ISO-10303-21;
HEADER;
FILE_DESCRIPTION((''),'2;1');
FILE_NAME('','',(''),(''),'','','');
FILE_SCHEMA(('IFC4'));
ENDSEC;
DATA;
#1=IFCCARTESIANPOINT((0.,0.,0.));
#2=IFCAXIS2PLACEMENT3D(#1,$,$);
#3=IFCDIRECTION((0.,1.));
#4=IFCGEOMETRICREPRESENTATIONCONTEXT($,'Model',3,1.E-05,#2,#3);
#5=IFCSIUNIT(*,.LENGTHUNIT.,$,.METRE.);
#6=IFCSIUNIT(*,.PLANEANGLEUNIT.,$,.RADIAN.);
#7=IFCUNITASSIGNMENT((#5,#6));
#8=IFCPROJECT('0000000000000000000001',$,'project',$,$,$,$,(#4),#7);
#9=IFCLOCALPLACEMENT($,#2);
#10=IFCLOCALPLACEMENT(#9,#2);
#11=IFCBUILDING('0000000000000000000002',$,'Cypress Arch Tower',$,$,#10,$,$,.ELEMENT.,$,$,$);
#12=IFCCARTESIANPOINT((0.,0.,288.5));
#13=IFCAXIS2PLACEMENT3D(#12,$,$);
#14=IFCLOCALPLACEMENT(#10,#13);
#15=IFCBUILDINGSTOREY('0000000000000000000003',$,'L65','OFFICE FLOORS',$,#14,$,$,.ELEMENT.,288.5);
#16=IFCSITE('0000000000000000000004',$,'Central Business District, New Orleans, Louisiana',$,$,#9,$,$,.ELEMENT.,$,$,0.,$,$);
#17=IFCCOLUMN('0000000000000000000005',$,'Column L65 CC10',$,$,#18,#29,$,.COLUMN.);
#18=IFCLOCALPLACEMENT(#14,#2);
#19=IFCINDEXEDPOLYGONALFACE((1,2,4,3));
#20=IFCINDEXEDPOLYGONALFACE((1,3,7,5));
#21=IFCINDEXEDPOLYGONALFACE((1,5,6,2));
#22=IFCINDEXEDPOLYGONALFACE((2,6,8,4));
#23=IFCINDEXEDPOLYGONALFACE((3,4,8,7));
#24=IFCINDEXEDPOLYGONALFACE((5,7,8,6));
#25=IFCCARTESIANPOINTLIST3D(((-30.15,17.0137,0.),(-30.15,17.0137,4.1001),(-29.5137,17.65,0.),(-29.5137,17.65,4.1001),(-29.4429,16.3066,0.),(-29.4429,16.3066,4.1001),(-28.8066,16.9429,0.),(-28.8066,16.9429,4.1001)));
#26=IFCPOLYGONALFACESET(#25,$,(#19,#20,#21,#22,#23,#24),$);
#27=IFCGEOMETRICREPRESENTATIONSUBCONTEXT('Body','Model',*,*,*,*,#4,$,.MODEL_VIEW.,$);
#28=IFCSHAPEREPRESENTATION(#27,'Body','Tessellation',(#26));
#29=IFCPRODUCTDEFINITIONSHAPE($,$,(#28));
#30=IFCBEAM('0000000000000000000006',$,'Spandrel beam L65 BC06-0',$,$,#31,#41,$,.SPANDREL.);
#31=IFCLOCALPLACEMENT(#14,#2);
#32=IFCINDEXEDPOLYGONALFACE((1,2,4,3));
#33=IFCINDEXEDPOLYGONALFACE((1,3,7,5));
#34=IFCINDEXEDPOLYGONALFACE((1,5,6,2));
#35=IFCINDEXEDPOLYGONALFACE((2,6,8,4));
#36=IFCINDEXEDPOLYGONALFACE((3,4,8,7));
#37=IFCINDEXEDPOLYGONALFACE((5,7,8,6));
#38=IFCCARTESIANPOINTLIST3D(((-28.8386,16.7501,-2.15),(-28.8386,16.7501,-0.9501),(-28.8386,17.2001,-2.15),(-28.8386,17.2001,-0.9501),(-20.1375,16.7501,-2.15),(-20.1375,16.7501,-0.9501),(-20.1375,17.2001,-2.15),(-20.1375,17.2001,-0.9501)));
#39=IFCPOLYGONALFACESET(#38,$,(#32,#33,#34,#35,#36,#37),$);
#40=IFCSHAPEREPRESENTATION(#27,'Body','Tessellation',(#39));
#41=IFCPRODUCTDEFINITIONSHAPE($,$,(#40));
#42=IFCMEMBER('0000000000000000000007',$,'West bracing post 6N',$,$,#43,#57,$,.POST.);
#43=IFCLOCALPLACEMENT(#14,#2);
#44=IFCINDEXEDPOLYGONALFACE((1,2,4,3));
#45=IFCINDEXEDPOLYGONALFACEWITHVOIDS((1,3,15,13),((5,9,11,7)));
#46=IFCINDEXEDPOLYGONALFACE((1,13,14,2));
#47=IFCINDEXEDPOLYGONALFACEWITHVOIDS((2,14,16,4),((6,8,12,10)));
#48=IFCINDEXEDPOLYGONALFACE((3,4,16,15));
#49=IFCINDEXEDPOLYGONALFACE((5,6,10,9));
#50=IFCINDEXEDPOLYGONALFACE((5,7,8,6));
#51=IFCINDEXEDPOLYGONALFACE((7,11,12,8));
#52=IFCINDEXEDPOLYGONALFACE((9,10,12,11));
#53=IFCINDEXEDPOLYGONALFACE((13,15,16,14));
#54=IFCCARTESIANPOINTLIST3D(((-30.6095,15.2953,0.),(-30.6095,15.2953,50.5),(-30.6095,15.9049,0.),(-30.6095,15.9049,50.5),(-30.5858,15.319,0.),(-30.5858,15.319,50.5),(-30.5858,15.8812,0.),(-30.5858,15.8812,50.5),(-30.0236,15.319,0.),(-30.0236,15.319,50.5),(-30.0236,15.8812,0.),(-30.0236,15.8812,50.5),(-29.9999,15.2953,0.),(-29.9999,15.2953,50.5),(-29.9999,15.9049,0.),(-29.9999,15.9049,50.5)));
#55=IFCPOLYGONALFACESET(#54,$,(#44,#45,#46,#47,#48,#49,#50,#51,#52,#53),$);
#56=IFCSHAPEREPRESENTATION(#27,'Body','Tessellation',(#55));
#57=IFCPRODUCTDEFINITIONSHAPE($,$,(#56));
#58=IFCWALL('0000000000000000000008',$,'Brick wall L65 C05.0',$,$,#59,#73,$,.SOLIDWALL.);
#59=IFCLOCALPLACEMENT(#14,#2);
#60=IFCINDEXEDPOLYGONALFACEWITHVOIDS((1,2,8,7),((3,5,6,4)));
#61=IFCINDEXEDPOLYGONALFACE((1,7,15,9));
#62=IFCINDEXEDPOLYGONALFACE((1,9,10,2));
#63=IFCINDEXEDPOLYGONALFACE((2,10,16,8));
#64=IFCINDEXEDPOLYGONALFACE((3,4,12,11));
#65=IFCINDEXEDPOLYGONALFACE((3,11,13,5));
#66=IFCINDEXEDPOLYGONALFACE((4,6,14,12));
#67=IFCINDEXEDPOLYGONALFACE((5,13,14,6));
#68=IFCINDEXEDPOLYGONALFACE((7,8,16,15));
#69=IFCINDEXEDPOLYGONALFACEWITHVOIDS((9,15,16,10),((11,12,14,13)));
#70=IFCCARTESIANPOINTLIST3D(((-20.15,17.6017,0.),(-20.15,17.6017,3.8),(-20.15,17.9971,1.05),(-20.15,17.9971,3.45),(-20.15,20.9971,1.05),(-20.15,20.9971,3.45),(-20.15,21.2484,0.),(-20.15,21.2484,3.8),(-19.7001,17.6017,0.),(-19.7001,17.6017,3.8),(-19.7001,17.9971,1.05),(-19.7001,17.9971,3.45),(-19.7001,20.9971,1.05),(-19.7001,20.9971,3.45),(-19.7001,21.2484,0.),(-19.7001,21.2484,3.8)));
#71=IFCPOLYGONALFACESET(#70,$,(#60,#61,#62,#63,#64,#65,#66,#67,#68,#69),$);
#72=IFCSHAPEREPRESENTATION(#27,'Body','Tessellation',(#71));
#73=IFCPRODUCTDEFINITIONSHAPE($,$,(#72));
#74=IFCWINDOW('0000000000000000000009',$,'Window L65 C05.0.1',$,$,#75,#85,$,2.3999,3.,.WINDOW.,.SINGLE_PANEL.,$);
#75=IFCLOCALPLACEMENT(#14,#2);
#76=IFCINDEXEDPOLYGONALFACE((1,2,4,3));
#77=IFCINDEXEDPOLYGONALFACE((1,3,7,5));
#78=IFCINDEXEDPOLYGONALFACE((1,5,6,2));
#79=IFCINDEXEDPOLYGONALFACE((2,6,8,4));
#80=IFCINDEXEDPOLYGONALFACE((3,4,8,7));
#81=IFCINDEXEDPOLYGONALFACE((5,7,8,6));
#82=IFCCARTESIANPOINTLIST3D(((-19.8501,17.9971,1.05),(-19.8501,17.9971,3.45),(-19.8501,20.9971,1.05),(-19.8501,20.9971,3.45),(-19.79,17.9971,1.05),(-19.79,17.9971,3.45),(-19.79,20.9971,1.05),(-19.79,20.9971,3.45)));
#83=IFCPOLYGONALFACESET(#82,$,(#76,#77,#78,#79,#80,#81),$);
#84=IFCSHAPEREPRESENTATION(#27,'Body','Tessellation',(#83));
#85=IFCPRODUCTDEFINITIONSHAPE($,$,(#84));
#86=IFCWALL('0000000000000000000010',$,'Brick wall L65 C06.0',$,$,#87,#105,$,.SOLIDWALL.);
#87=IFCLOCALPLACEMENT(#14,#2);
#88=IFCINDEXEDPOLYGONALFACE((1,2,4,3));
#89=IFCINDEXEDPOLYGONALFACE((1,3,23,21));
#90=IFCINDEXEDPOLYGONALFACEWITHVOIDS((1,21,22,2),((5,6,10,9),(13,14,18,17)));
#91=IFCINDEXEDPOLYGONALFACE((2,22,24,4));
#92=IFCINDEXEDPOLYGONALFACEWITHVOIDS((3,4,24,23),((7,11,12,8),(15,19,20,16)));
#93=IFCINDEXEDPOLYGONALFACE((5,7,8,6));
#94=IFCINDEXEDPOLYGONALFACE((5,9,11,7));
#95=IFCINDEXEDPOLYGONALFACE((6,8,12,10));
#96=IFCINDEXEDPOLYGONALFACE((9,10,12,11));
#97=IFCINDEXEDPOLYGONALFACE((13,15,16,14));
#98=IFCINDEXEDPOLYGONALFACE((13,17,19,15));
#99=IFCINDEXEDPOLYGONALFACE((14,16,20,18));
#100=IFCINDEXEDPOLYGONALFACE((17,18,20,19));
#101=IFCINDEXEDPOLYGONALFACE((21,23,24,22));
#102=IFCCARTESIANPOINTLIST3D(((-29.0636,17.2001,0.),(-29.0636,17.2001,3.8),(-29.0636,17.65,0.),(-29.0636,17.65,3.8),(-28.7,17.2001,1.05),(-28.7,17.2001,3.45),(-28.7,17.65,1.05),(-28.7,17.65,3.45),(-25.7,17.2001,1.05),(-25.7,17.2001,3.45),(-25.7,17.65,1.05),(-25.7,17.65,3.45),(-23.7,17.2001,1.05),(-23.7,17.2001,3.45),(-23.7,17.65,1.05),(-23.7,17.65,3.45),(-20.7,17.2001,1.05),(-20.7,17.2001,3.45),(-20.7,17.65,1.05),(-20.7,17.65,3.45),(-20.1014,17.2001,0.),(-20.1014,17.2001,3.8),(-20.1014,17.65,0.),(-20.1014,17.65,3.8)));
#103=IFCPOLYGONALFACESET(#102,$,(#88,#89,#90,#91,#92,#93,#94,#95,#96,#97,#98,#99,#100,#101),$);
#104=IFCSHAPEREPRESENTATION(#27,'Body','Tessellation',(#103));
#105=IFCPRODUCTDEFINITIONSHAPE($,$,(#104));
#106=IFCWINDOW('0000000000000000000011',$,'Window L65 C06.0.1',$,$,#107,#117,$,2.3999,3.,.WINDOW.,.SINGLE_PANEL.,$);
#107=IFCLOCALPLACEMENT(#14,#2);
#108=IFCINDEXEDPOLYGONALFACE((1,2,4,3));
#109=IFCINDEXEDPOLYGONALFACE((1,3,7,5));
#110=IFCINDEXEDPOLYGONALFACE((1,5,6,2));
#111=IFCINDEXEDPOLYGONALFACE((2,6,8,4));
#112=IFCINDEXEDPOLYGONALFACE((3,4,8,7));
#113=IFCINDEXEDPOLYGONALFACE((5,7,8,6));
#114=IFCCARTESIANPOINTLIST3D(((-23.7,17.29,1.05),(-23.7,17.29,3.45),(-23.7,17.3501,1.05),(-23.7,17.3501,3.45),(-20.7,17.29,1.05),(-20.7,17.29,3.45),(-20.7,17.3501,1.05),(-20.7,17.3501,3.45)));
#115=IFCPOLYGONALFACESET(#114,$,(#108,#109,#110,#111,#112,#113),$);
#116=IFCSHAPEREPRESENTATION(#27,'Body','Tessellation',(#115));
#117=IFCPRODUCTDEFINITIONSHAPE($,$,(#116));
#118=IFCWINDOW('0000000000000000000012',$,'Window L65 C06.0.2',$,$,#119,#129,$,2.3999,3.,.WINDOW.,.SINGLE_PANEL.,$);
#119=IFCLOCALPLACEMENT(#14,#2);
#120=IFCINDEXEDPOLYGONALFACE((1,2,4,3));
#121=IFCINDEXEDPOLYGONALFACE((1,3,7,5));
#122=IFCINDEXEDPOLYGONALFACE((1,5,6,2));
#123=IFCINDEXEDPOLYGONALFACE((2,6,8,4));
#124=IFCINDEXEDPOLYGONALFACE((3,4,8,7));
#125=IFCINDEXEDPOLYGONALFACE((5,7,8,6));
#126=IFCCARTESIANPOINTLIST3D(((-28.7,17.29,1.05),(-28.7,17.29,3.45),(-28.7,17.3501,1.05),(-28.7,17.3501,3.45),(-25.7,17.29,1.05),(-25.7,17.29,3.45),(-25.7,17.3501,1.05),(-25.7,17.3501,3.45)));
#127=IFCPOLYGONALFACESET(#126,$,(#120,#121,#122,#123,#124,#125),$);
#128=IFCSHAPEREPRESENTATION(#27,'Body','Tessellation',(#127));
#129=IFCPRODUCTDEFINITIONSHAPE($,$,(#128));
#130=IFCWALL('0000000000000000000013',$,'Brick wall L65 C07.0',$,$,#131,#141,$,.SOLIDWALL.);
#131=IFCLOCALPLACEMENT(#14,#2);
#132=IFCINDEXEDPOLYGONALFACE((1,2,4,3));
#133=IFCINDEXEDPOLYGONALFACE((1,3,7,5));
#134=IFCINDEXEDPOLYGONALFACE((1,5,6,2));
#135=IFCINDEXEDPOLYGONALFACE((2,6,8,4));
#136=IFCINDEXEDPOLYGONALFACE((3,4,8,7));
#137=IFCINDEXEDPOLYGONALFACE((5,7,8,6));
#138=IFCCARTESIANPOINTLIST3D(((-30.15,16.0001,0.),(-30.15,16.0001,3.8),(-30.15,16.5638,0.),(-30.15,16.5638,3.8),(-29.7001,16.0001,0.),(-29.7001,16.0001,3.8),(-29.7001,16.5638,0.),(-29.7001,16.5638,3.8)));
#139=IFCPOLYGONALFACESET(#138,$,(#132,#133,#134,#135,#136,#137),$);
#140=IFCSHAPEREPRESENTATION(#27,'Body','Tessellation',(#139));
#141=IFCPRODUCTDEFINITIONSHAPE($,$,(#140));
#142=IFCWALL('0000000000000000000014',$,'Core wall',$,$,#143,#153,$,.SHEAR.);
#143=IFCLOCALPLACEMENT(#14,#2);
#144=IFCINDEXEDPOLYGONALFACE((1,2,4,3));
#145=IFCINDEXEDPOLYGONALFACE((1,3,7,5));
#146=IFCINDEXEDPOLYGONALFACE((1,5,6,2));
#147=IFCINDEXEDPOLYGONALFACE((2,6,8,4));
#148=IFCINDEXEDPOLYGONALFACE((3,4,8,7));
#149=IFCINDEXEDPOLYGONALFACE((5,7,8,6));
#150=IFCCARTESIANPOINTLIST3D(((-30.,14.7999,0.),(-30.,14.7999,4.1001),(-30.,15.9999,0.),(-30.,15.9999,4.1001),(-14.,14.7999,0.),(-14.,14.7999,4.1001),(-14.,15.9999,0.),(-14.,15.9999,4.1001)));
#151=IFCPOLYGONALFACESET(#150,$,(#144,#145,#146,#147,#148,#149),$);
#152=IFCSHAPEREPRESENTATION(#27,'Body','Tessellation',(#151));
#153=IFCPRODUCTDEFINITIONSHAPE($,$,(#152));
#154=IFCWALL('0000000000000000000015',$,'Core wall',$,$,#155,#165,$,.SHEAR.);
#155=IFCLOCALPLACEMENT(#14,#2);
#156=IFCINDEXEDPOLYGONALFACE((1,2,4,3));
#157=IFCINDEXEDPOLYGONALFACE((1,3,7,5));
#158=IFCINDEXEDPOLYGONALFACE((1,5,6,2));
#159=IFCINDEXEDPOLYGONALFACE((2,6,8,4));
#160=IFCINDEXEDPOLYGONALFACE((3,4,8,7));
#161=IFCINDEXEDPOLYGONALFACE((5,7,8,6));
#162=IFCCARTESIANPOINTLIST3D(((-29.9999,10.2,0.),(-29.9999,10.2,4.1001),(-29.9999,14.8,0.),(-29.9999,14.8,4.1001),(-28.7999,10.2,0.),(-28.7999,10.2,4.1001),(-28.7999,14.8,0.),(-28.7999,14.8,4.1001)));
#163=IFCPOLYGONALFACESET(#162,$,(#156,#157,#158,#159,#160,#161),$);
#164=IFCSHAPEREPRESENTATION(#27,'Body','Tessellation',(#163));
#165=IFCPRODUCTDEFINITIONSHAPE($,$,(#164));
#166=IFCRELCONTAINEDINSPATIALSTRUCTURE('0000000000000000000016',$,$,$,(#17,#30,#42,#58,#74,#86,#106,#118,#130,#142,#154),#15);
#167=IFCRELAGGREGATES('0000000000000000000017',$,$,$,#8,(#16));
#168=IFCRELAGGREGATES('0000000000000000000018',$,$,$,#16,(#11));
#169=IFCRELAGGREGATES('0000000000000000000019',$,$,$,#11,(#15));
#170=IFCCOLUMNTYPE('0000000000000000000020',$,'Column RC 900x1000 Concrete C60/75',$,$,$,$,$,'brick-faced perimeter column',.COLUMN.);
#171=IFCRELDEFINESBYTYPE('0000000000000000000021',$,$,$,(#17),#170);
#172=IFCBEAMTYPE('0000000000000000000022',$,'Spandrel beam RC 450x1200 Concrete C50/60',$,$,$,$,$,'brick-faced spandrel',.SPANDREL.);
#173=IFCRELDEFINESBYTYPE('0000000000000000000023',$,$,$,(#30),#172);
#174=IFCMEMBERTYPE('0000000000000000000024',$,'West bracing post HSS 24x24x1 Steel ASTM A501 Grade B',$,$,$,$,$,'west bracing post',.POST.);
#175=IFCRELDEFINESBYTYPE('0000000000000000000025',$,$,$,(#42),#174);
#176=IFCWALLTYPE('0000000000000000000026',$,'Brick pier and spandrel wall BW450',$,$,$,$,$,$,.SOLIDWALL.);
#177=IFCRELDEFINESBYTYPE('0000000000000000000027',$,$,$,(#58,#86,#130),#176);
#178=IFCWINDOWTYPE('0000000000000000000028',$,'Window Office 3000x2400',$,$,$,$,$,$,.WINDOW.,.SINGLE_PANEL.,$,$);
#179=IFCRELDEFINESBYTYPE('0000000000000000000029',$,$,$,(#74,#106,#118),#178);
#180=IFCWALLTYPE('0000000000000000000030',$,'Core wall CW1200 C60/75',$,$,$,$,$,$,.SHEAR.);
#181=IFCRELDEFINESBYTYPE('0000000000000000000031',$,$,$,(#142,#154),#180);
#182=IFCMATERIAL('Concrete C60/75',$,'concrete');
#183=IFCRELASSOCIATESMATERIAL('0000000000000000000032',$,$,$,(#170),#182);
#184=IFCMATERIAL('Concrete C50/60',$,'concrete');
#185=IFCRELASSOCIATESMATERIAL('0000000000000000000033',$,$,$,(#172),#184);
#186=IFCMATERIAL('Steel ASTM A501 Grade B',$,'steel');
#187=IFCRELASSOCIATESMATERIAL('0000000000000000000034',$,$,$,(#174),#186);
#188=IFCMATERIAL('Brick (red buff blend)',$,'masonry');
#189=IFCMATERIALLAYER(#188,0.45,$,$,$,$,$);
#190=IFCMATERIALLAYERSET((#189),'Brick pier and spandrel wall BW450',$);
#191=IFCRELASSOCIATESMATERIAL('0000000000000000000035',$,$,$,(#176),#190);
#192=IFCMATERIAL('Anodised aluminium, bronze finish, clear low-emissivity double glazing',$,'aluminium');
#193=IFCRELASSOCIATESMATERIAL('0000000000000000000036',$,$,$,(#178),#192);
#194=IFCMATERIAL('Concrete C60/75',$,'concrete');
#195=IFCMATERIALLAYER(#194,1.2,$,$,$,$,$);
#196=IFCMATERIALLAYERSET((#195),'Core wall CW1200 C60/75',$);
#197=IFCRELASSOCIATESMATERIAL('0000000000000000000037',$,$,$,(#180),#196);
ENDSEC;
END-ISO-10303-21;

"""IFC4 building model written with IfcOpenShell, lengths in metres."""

from ifc_helpers import new_model, si_unit, direction, frame, frame_2d, origin, origin_2d, place, context, subcontext, project, spatial, rectangle, hollow_rectangle, extrude, material, layer, layer_set, material_profile, profile_set, type_object, element, fill, save


model = new_model("IFC4")

# Units and contexts
model_context = context("Model", 3, precision=1e-05, world=origin(), true_north=direction((0.0, 1.0)))
body_context = subcontext(model_context, "Body", "Model", "MODEL_VIEW")
ifc_project = project(units=[si_unit("LENGTHUNIT", "METRE"), si_unit("PLANEANGLEUNIT", "RADIAN")], contexts=[model_context])

# Site, building, storey
site_placement = place(None, origin())
site = spatial("IfcSite", under=ifc_project, at=site_placement, Name="Central Business District, New Orleans, Louisiana", CompositionType="ELEMENT", RefElevation=0.0)
building_placement = place(site_placement, origin())
building = spatial("IfcBuilding", under=site, at=building_placement, Name="Cypress Arch Tower", CompositionType="ELEMENT")
storey_placement = place(building_placement, frame((0.0, 0.0, 288.5)))
storey = spatial("IfcBuildingStorey", under=building, at=storey_placement, Name="L65", Description="OFFICE FLOORS", CompositionType="ELEMENT", Elevation=288.5)

# Column
ifc_material_1 = material(Name="Concrete C60/75", Category="concrete")
ifc_material_profile_1 = material_profile(ifc_material_1, rectangle(XDim=0.8999, YDim=1.0, at=origin_2d()), Name="RC 900x1000")
ifc_profile_set_1 = profile_set([ifc_material_profile_1], Name="Concrete C60/75")
column_type = type_object("IfcColumnType", Name="Column RC 900x1000 Concrete C60/75", ElementType="brick-faced perimeter column", PredefinedType="COLUMN", material=ifc_profile_set_1)
column_placement = place(storey_placement, frame((-29.4783, 16.9783, 0.0), z_axis=(0.0, 0.0, 1.0), x_axis=(-0.707107, -0.707107, 0.0)))
element("IfcColumn", 1, at=column_placement, inside=storey, type_object=column_type, Name="Column L65 CC10", PredefinedType="COLUMN", context=body_context, shape_type="SweptSolid", body=[
    extrude(rectangle(XDim=0.8999, YDim=1.0, at=origin_2d()), origin(), (0.0, 0.0, 1.0), 4.1001),
])

# Beam
ifc_material_2 = material(Name="Concrete C50/60", Category="concrete")
ifc_material_profile_2 = material_profile(ifc_material_2, rectangle(XDim=0.45, YDim=1.2, at=origin_2d()), Name="RC 450x1200")
ifc_profile_set_2 = profile_set([ifc_material_profile_2], Name="Concrete C50/60")
beam_type = type_object("IfcBeamType", Name="Spandrel beam RC 450x1200 Concrete C50/60", ElementType="brick-faced spandrel", PredefinedType="SPANDREL", material=ifc_profile_set_2)
beam_placement = place(storey_placement, frame((-20.1375, 16.9751, -1.55), z_axis=(-1.0, 0.0, 0.0), x_axis=(0.0, -1.0, 0.0)))
element("IfcBeam", 2, at=beam_placement, inside=storey, type_object=beam_type, Name="Spandrel beam L65 BC06-0", PredefinedType="SPANDREL", context=body_context, shape_type="SweptSolid", body=[
    extrude(rectangle(XDim=0.45, YDim=1.2, at=origin_2d()), origin(), (0.0, 0.0, 1.0), 8.7012),
])

# Member
ifc_material_3 = material(Name="Steel ASTM A501 Grade B", Category="steel")
ifc_material_profile_3 = material_profile(ifc_material_3, hollow_rectangle(XDim=0.6096, YDim=0.6096, WallThickness=0.0237, at=origin_2d()), Name="HSS 24x24x1")
ifc_profile_set_3 = profile_set([ifc_material_profile_3], Name="Steel ASTM A501 Grade B")
member_type = type_object("IfcMemberType", Name="West bracing post HSS 24x24x1 Steel ASTM A501 Grade B", ElementType="west bracing post", PredefinedType="POST", material=ifc_profile_set_3)
member_placement = place(storey_placement, frame((-30.3047, 15.6001, 0.0), z_axis=(0.0, 0.0, 1.0), x_axis=(1.0, 0.0, 0.0)))
element("IfcMember", 3, at=member_placement, inside=storey, type_object=member_type, Name="West bracing post 6N", PredefinedType="POST", context=body_context, shape_type="SweptSolid", body=[
    extrude(hollow_rectangle(XDim=0.6096, YDim=0.6096, WallThickness=0.0237, at=origin_2d()), origin(), (0.0, 0.0, 1.0), 50.5),
])

# Wall, opening, window
ifc_material_4 = material(Name="Brick (red buff blend)", Category="masonry")
ifc_layer_1 = layer(ifc_material_4, 0.45)
ifc_layer_set_1 = layer_set([ifc_layer_1], Name="Brick pier and spandrel wall BW450")
wall_type_1 = type_object("IfcWallType", Name="Brick pier and spandrel wall BW450", PredefinedType="SOLIDWALL", material=ifc_layer_set_1)
wall_1_placement = place(storey_placement, frame((-19.925, 21.2483, 0.0), z_axis=(0.0, 0.0, 1.0), x_axis=(0.0, -1.0, 0.0)))
wall_1 = element("IfcWall", 4, at=wall_1_placement, inside=storey, type_object=wall_type_1, Name="Brick wall L65 C05.0", PredefinedType="SOLIDWALL", context=body_context, shape_type="SweptSolid", body=[
    extrude(rectangle(XDim=3.6467, YDim=0.45, at=frame_2d((1.8232, 0.0))), origin(), (0.0, 0.0, 1.0), 3.8),
])
opening_1_placement = place(wall_1_placement, frame((0.2512, 0.0, 1.05)))
opening_1 = element("IfcOpeningElement", 5, at=opening_1_placement, cuts=wall_1, PredefinedType="OPENING", context=body_context, shape_type="SweptSolid", body=[
    extrude(rectangle(XDim=3.0, YDim=2.3999, at=frame_2d((1.5, 1.2))), frame((0.0, 0.2349, 0.0), z_axis=(0.0, -1.0, 0.0), x_axis=(1.0, 0.0, 0.0)), (0.0, 0.0, 1.0), 0.47),
])
ifc_material_5 = material(Name="Anodised aluminium, bronze finish, clear low-emissivity double glazing", Category="aluminium")
window_type = type_object("IfcWindowType", Name="Window Office 3000x2400", PartitioningType="SINGLE_PANEL", PredefinedType="WINDOW", material=ifc_material_5)
window_1_placement = place(opening_1_placement, origin())
window_1 = element("IfcWindow", 6, at=window_1_placement, inside=storey, type_object=window_type, Name="Window L65 C05.0.1", OverallHeight=2.3999, OverallWidth=3.0, PartitioningType="SINGLE_PANEL", PredefinedType="WINDOW", context=body_context, shape_type="SweptSolid", body=[
    extrude(rectangle(XDim=3.0, YDim=2.3999, at=frame_2d((1.5, 1.2))), frame((0.0, 0.135, 0.0), z_axis=(0.0, -1.0, 0.0), x_axis=(1.0, 0.0, 0.0)), (0.0, 0.0, 1.0), 0.0601),
])
fill(opening_1, window_1)

# Wall, openings, windows
wall_2_placement = place(storey_placement, frame((-20.1016, 17.425, 0.0), z_axis=(0.0, 0.0, 1.0), x_axis=(-1.0, 0.0, 0.0)))
wall_2 = element("IfcWall", 7, at=wall_2_placement, inside=storey, type_object=wall_type_1, Name="Brick wall L65 C06.0", PredefinedType="SOLIDWALL", context=body_context, shape_type="SweptSolid", body=[
    extrude(rectangle(XDim=8.9622, YDim=0.45, at=frame_2d((4.481, 0.0))), origin(), (0.0, 0.0, 1.0), 3.8),
])
opening_2_placement = place(wall_2_placement, frame((0.5984, 0.0, 1.05)))
opening_2 = element("IfcOpeningElement", 8, at=opening_2_placement, cuts=wall_2, PredefinedType="OPENING", context=body_context, shape_type="SweptSolid", body=[
    extrude(rectangle(XDim=3.0, YDim=2.3999, at=frame_2d((1.5, 1.2))), frame((0.0, 0.2349, 0.0), z_axis=(0.0, -1.0, 0.0), x_axis=(1.0, 0.0, 0.0)), (0.0, 0.0, 1.0), 0.47),
])
opening_3_placement = place(wall_2_placement, frame((5.5984, 0.0, 1.05)))
opening_3 = element("IfcOpeningElement", 9, at=opening_3_placement, cuts=wall_2, PredefinedType="OPENING", context=body_context, shape_type="SweptSolid", body=[
    extrude(rectangle(XDim=3.0, YDim=2.3999, at=frame_2d((1.5, 1.2))), frame((0.0, 0.2349, 0.0), z_axis=(0.0, -1.0, 0.0), x_axis=(1.0, 0.0, 0.0)), (0.0, 0.0, 1.0), 0.47),
])
window_2_placement = place(opening_2_placement, origin())
window_2 = element("IfcWindow", 10, at=window_2_placement, inside=storey, type_object=window_type, Name="Window L65 C06.0.1", OverallHeight=2.3999, OverallWidth=3.0, PartitioningType="SINGLE_PANEL", PredefinedType="WINDOW", context=body_context, shape_type="SweptSolid", body=[
    extrude(rectangle(XDim=3.0, YDim=2.3999, at=frame_2d((1.5, 1.2))), frame((0.0, 0.135, 0.0), z_axis=(0.0, -1.0, 0.0), x_axis=(1.0, 0.0, 0.0)), (0.0, 0.0, 1.0), 0.0601),
])
fill(opening_2, window_2)
window_3_placement = place(opening_3_placement, origin())
window_3 = element("IfcWindow", 11, at=window_3_placement, inside=storey, type_object=window_type, Name="Window L65 C06.0.2", OverallHeight=2.3999, OverallWidth=3.0, PartitioningType="SINGLE_PANEL", PredefinedType="WINDOW", context=body_context, shape_type="SweptSolid", body=[
    extrude(rectangle(XDim=3.0, YDim=2.3999, at=frame_2d((1.5, 1.2))), frame((0.0, 0.135, 0.0), z_axis=(0.0, -1.0, 0.0), x_axis=(1.0, 0.0, 0.0)), (0.0, 0.0, 1.0), 0.0601),
])
fill(opening_3, window_3)

# Walls
wall_3_placement = place(storey_placement, frame((-29.925, 16.5637, 0.0), z_axis=(0.0, 0.0, 1.0), x_axis=(0.0, -1.0, 0.0)))
element("IfcWall", 12, at=wall_3_placement, inside=storey, type_object=wall_type_1, Name="Brick wall L65 C07.0", PredefinedType="SOLIDWALL", context=body_context, shape_type="SweptSolid", body=[
    extrude(rectangle(XDim=0.5637, YDim=0.45, at=frame_2d((0.2817, 0.0))), origin(), (0.0, 0.0, 1.0), 3.8),
])
ifc_material_6 = material(Name="Concrete C60/75", Category="concrete")
ifc_layer_2 = layer(ifc_material_6, 1.2)
ifc_layer_set_2 = layer_set([ifc_layer_2], Name="Core wall CW1200 C60/75")
wall_type_2 = type_object("IfcWallType", Name="Core wall CW1200 C60/75", PredefinedType="SHEAR", material=ifc_layer_set_2)
wall_4_placement = place(storey_placement, frame((-30.0, 15.3999, 0.0), z_axis=(0.0, 0.0, 1.0), x_axis=(1.0, 0.0, 0.0)))
element("IfcWall", 13, at=wall_4_placement, inside=storey, type_object=wall_type_2, Name="Core wall", PredefinedType="SHEAR", context=body_context, shape_type="SweptSolid", body=[
    extrude(rectangle(XDim=16.0, YDim=1.2, at=frame_2d((8.0, 0.0))), origin(), (0.0, 0.0, 1.0), 4.1001),
])
wall_5_placement = place(storey_placement, frame((-29.3999, 10.2, 0.0), z_axis=(0.0, 0.0, 1.0), x_axis=(0.0, 1.0, 0.0)))
element("IfcWall", 14, at=wall_5_placement, inside=storey, type_object=wall_type_2, Name="Core wall", PredefinedType="SHEAR", context=body_context, shape_type="SweptSolid", body=[
    extrude(rectangle(XDim=4.6001, YDim=1.2, at=frame_2d((2.3, 0.0))), origin(), (0.0, 0.0, 1.0), 4.1001),
])

save(model, "model.ifc")
